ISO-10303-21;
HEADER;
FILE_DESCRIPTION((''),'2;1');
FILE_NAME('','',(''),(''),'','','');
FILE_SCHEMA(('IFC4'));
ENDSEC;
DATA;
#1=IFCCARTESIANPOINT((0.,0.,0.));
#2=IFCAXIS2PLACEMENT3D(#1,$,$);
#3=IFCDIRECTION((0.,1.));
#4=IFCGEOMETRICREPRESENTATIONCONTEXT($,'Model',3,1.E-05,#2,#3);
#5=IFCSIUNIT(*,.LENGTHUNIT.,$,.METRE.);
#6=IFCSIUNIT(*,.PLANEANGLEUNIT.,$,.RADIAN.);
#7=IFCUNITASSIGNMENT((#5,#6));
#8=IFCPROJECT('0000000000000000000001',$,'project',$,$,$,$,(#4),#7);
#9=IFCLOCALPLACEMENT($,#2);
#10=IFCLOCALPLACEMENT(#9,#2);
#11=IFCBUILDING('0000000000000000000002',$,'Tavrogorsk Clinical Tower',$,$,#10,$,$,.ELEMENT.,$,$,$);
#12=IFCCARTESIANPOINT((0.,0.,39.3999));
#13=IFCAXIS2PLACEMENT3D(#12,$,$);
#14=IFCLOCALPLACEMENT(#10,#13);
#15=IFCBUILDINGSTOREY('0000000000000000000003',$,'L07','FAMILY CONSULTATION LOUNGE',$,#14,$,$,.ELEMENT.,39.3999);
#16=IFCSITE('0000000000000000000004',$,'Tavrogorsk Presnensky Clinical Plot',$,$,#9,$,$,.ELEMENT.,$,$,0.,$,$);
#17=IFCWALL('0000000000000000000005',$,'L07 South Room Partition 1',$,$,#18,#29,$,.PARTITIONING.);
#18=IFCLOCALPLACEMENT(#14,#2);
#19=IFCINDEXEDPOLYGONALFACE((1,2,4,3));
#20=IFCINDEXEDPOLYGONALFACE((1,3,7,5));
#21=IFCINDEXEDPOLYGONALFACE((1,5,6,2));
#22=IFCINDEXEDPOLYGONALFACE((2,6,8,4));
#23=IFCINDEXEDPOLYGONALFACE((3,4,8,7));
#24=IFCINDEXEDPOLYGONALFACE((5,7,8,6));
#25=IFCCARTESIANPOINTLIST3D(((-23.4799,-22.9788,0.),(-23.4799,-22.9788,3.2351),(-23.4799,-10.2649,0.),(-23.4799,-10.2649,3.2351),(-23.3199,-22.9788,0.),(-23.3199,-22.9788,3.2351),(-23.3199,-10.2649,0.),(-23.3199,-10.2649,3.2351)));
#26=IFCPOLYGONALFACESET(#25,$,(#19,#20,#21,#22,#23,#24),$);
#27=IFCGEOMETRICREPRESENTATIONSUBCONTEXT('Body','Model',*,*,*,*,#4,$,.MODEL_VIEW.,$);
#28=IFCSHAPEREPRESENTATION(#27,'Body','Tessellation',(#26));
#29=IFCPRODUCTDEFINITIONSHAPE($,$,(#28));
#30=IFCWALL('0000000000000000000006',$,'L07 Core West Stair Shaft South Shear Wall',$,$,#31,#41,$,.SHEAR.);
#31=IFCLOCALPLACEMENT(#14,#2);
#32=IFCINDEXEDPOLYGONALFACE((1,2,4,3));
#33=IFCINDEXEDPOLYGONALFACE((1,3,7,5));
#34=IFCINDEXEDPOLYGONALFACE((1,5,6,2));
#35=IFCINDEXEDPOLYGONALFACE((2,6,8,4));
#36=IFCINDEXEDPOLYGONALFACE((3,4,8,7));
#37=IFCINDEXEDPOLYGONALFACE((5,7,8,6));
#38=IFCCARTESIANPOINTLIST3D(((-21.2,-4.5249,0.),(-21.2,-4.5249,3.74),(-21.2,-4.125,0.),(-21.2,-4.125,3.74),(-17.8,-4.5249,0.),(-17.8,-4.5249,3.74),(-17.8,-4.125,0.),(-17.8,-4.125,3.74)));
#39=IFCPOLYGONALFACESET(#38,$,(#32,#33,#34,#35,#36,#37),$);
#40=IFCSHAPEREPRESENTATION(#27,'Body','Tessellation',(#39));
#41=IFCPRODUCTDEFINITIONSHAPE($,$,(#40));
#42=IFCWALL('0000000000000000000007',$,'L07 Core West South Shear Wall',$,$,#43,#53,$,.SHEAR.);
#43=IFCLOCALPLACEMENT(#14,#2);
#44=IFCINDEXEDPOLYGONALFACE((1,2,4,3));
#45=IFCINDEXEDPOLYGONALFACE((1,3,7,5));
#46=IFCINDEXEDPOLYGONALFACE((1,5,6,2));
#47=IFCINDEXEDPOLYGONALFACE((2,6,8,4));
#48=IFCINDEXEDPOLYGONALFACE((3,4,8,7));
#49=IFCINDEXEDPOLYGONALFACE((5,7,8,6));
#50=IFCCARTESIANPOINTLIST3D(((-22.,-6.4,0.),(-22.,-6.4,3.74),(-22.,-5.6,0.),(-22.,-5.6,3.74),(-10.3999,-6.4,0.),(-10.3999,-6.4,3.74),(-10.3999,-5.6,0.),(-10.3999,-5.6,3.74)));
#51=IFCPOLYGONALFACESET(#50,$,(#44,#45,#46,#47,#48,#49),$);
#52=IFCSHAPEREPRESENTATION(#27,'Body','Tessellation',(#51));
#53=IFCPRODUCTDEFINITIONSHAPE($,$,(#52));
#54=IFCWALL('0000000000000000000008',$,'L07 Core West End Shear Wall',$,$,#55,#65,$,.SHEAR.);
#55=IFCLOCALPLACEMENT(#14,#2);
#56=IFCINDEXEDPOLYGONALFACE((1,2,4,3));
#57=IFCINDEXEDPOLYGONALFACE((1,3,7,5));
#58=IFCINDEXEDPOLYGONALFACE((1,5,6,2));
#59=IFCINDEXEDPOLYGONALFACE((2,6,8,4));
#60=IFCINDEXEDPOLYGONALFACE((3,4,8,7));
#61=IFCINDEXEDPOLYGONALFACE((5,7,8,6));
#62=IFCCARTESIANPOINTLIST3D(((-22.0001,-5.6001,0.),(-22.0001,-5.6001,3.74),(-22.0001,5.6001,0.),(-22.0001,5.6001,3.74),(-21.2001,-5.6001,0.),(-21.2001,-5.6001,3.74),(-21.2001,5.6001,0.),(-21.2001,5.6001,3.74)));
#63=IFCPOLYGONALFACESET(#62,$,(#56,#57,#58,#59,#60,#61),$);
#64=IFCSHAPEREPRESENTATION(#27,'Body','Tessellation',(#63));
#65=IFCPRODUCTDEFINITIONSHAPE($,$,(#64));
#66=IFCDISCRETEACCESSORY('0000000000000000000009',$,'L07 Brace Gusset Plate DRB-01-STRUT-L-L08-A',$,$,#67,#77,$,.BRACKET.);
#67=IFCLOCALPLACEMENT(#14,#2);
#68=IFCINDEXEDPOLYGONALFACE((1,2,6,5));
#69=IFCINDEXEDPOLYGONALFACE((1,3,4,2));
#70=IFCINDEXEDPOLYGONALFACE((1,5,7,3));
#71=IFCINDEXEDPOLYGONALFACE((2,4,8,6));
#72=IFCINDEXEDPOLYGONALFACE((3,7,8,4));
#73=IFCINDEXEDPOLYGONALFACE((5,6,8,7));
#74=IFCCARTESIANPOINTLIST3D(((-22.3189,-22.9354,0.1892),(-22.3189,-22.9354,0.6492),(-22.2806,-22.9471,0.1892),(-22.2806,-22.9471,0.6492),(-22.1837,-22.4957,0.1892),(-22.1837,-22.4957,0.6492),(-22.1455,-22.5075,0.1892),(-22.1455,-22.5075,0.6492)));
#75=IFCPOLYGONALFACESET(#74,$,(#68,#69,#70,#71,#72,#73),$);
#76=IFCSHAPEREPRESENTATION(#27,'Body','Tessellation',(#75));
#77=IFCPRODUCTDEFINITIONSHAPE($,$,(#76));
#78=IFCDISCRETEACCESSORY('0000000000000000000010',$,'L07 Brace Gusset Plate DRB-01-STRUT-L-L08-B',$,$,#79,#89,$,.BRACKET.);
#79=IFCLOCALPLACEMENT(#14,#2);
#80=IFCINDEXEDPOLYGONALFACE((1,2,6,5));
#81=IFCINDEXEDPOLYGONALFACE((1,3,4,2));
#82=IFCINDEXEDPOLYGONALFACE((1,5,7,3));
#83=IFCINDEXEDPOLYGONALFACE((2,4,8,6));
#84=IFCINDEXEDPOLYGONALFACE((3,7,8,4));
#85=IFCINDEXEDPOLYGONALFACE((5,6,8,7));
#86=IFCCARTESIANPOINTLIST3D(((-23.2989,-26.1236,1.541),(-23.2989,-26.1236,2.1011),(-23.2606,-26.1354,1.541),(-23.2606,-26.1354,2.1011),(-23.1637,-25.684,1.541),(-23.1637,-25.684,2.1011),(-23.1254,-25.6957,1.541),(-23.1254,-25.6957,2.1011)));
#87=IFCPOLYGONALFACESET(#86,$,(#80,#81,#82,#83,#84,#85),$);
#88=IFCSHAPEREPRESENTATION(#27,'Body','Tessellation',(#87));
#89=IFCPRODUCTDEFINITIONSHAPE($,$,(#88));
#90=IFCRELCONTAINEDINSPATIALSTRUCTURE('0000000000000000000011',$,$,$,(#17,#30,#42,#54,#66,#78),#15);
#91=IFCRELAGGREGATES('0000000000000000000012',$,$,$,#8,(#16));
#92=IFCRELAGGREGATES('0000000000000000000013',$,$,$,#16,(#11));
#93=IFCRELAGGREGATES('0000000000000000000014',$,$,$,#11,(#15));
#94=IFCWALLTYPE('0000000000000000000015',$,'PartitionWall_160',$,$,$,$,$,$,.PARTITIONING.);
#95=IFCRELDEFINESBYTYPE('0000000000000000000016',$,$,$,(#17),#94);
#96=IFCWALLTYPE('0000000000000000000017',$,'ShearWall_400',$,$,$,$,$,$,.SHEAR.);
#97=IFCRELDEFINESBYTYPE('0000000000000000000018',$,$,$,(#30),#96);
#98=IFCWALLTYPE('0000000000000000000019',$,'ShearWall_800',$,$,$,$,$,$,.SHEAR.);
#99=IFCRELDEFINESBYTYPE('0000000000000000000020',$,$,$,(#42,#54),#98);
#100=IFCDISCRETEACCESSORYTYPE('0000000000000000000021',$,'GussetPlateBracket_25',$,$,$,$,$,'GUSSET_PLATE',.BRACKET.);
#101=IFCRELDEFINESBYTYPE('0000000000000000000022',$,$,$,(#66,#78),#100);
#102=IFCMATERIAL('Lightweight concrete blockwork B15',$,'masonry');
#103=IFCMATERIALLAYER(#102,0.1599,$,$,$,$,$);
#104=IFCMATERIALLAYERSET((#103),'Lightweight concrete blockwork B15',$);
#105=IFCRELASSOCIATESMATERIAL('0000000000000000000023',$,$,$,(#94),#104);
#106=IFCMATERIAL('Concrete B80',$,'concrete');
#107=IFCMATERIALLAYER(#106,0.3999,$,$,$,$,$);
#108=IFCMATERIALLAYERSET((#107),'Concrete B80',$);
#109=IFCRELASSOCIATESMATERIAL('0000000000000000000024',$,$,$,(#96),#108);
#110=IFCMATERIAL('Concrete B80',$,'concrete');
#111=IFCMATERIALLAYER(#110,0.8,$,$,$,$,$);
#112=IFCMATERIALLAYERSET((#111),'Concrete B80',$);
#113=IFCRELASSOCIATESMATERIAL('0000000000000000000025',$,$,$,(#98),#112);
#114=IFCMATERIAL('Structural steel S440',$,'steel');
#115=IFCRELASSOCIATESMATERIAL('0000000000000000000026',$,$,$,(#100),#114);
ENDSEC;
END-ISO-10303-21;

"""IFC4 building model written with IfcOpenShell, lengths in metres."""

from ifc_helpers import new_model, si_unit, direction, frame, frame_2d, origin, origin_2d, place, context, subcontext, project, spatial, rectangle, extrude, material, layer, layer_set, type_object, element, save


model = new_model("IFC4")

# Units and contexts
model_context = context("Model", 3, precision=1e-05, world=origin(), true_north=direction((0.0, 1.0)))
body_context = subcontext(model_context, "Body", "Model", "MODEL_VIEW")
ifc_project = project(units=[si_unit("LENGTHUNIT", "METRE"), si_unit("PLANEANGLEUNIT", "RADIAN")], contexts=[model_context])

# Site, building, storey
site_placement = place(None, origin())
site = spatial("IfcSite", under=ifc_project, at=site_placement, Name="Tavrogorsk Presnensky Clinical Plot", CompositionType="ELEMENT", RefElevation=0.0)
building_placement = place(site_placement, origin())
building = spatial("IfcBuilding", under=site, at=building_placement, Name="Tavrogorsk Clinical Tower", CompositionType="ELEMENT")
storey_placement = place(building_placement, frame((0.0, 0.0, 39.3999)))
storey = spatial("IfcBuildingStorey", under=building, at=storey_placement, Name="L07", Description="FAMILY CONSULTATION LOUNGE", CompositionType="ELEMENT", Elevation=39.3999)

# Walls
ifc_material_1 = material(Name="Lightweight concrete blockwork B15", Category="masonry")
ifc_layer_1 = layer(ifc_material_1, 0.1599)
ifc_layer_set_1 = layer_set([ifc_layer_1], Name="Lightweight concrete blockwork B15")
wall_type_1 = type_object("IfcWallType", Name="PartitionWall_160", PredefinedType="PARTITIONING", material=ifc_layer_set_1)
wall_1_placement = place(storey_placement, frame((-23.3999, -22.9788, 0.0), z_axis=(0.0, 0.0, 1.0), x_axis=(0.0, 1.0, 0.0)))
element("IfcWall", 1, at=wall_1_placement, inside=storey, type_object=wall_type_1, Name="L07 South Room Partition 1", PredefinedType="PARTITIONING", context=body_context, shape_type="SweptSolid", body=[
    extrude(rectangle(XDim=12.7139, YDim=0.1599, at=frame_2d((6.3569, 0.0))), origin(), (0.0, 0.0, 1.0), 3.2351),
])
ifc_material_2 = material(Name="Concrete B80", Category="concrete")
ifc_layer_2 = layer(ifc_material_2, 0.3999)
ifc_layer_set_2 = layer_set([ifc_layer_2], Name="Concrete B80")
wall_type_2 = type_object("IfcWallType", Name="ShearWall_400", PredefinedType="SHEAR", material=ifc_layer_set_2)
wall_2_placement = place(storey_placement, frame((-21.2, -4.325, 0.0), z_axis=(0.0, 0.0, 1.0), x_axis=(1.0, 0.0, 0.0)))
element("IfcWall", 2, at=wall_2_placement, inside=storey, type_object=wall_type_2, Name="L07 Core West Stair Shaft South Shear Wall", PredefinedType="SHEAR", context=body_context, shape_type="SweptSolid", body=[
    extrude(rectangle(XDim=3.3999, YDim=0.3999, at=frame_2d((1.7, 0.0))), origin(), (0.0, 0.0, 1.0), 3.74),
])
ifc_material_3 = material(Name="Concrete B80", Category="concrete")
ifc_layer_3 = layer(ifc_material_3, 0.8)
ifc_layer_set_3 = layer_set([ifc_layer_3], Name="Concrete B80")
wall_type_3 = type_object("IfcWallType", Name="ShearWall_800", PredefinedType="SHEAR", material=ifc_layer_set_3)
wall_3_placement = place(storey_placement, frame((-22.0, -6.0, 0.0), z_axis=(0.0, 0.0, 1.0), x_axis=(1.0, 0.0, 0.0)))
element("IfcWall", 3, at=wall_3_placement, inside=storey, type_object=wall_type_3, Name="L07 Core West South Shear Wall", PredefinedType="SHEAR", context=body_context, shape_type="SweptSolid", body=[
    extrude(rectangle(XDim=11.6001, YDim=0.8, at=frame_2d((5.8, 0.0))), origin(), (0.0, 0.0, 1.0), 3.74),
])
wall_4_placement = place(storey_placement, frame((-21.6001, -5.6001, 0.0), z_axis=(0.0, 0.0, 1.0), x_axis=(0.0, 1.0, 0.0)))
element("IfcWall", 4, at=wall_4_placement, inside=storey, type_object=wall_type_3, Name="L07 Core West End Shear Wall", PredefinedType="SHEAR", context=body_context, shape_type="SweptSolid", body=[
    extrude(rectangle(XDim=11.2002, YDim=0.8, at=frame_2d((5.6001, 0.0))), origin(), (0.0, 0.0, 1.0), 3.74),
])

# Discrete accessories
ifc_material_4 = material(Name="Structural steel S440", Category="steel")
discrete_accessory_type = type_object("IfcDiscreteAccessoryType", Name="GussetPlateBracket_25", ElementType="GUSSET_PLATE", PredefinedType="BRACKET", material=ifc_material_4)
discrete_accessory_1_placement = place(storey_placement, frame((-22.2322, -22.7214, 0.1892), z_axis=(0.0, 0.0, 1.0), x_axis=(-0.293874, -0.955844, 0.0)))
element("IfcDiscreteAccessory", 5, at=discrete_accessory_1_placement, inside=storey, type_object=discrete_accessory_type, Name="L07 Brace Gusset Plate DRB-01-STRUT-L-L08-A", PredefinedType="BRACKET", context=body_context, shape_type="SweptSolid", body=[
    extrude(rectangle(XDim=0.46, YDim=0.04, at=origin_2d()), origin(), (0.0, 0.0, 1.0), 0.46),
])
discrete_accessory_2_placement = place(storey_placement, frame((-23.2122, -25.9097, 1.541), z_axis=(0.0, 0.0, 1.0), x_axis=(-0.293874, -0.955844, 0.0)))
element("IfcDiscreteAccessory", 6, at=discrete_accessory_2_placement, inside=storey, type_object=discrete_accessory_type, Name="L07 Brace Gusset Plate DRB-01-STRUT-L-L08-B", PredefinedType="BRACKET", context=body_context, shape_type="SweptSolid", body=[
    extrude(rectangle(XDim=0.46, YDim=0.04, at=origin_2d()), origin(), (0.0, 0.0, 1.0), 0.5601),
])

save(model, "model.ifc")
